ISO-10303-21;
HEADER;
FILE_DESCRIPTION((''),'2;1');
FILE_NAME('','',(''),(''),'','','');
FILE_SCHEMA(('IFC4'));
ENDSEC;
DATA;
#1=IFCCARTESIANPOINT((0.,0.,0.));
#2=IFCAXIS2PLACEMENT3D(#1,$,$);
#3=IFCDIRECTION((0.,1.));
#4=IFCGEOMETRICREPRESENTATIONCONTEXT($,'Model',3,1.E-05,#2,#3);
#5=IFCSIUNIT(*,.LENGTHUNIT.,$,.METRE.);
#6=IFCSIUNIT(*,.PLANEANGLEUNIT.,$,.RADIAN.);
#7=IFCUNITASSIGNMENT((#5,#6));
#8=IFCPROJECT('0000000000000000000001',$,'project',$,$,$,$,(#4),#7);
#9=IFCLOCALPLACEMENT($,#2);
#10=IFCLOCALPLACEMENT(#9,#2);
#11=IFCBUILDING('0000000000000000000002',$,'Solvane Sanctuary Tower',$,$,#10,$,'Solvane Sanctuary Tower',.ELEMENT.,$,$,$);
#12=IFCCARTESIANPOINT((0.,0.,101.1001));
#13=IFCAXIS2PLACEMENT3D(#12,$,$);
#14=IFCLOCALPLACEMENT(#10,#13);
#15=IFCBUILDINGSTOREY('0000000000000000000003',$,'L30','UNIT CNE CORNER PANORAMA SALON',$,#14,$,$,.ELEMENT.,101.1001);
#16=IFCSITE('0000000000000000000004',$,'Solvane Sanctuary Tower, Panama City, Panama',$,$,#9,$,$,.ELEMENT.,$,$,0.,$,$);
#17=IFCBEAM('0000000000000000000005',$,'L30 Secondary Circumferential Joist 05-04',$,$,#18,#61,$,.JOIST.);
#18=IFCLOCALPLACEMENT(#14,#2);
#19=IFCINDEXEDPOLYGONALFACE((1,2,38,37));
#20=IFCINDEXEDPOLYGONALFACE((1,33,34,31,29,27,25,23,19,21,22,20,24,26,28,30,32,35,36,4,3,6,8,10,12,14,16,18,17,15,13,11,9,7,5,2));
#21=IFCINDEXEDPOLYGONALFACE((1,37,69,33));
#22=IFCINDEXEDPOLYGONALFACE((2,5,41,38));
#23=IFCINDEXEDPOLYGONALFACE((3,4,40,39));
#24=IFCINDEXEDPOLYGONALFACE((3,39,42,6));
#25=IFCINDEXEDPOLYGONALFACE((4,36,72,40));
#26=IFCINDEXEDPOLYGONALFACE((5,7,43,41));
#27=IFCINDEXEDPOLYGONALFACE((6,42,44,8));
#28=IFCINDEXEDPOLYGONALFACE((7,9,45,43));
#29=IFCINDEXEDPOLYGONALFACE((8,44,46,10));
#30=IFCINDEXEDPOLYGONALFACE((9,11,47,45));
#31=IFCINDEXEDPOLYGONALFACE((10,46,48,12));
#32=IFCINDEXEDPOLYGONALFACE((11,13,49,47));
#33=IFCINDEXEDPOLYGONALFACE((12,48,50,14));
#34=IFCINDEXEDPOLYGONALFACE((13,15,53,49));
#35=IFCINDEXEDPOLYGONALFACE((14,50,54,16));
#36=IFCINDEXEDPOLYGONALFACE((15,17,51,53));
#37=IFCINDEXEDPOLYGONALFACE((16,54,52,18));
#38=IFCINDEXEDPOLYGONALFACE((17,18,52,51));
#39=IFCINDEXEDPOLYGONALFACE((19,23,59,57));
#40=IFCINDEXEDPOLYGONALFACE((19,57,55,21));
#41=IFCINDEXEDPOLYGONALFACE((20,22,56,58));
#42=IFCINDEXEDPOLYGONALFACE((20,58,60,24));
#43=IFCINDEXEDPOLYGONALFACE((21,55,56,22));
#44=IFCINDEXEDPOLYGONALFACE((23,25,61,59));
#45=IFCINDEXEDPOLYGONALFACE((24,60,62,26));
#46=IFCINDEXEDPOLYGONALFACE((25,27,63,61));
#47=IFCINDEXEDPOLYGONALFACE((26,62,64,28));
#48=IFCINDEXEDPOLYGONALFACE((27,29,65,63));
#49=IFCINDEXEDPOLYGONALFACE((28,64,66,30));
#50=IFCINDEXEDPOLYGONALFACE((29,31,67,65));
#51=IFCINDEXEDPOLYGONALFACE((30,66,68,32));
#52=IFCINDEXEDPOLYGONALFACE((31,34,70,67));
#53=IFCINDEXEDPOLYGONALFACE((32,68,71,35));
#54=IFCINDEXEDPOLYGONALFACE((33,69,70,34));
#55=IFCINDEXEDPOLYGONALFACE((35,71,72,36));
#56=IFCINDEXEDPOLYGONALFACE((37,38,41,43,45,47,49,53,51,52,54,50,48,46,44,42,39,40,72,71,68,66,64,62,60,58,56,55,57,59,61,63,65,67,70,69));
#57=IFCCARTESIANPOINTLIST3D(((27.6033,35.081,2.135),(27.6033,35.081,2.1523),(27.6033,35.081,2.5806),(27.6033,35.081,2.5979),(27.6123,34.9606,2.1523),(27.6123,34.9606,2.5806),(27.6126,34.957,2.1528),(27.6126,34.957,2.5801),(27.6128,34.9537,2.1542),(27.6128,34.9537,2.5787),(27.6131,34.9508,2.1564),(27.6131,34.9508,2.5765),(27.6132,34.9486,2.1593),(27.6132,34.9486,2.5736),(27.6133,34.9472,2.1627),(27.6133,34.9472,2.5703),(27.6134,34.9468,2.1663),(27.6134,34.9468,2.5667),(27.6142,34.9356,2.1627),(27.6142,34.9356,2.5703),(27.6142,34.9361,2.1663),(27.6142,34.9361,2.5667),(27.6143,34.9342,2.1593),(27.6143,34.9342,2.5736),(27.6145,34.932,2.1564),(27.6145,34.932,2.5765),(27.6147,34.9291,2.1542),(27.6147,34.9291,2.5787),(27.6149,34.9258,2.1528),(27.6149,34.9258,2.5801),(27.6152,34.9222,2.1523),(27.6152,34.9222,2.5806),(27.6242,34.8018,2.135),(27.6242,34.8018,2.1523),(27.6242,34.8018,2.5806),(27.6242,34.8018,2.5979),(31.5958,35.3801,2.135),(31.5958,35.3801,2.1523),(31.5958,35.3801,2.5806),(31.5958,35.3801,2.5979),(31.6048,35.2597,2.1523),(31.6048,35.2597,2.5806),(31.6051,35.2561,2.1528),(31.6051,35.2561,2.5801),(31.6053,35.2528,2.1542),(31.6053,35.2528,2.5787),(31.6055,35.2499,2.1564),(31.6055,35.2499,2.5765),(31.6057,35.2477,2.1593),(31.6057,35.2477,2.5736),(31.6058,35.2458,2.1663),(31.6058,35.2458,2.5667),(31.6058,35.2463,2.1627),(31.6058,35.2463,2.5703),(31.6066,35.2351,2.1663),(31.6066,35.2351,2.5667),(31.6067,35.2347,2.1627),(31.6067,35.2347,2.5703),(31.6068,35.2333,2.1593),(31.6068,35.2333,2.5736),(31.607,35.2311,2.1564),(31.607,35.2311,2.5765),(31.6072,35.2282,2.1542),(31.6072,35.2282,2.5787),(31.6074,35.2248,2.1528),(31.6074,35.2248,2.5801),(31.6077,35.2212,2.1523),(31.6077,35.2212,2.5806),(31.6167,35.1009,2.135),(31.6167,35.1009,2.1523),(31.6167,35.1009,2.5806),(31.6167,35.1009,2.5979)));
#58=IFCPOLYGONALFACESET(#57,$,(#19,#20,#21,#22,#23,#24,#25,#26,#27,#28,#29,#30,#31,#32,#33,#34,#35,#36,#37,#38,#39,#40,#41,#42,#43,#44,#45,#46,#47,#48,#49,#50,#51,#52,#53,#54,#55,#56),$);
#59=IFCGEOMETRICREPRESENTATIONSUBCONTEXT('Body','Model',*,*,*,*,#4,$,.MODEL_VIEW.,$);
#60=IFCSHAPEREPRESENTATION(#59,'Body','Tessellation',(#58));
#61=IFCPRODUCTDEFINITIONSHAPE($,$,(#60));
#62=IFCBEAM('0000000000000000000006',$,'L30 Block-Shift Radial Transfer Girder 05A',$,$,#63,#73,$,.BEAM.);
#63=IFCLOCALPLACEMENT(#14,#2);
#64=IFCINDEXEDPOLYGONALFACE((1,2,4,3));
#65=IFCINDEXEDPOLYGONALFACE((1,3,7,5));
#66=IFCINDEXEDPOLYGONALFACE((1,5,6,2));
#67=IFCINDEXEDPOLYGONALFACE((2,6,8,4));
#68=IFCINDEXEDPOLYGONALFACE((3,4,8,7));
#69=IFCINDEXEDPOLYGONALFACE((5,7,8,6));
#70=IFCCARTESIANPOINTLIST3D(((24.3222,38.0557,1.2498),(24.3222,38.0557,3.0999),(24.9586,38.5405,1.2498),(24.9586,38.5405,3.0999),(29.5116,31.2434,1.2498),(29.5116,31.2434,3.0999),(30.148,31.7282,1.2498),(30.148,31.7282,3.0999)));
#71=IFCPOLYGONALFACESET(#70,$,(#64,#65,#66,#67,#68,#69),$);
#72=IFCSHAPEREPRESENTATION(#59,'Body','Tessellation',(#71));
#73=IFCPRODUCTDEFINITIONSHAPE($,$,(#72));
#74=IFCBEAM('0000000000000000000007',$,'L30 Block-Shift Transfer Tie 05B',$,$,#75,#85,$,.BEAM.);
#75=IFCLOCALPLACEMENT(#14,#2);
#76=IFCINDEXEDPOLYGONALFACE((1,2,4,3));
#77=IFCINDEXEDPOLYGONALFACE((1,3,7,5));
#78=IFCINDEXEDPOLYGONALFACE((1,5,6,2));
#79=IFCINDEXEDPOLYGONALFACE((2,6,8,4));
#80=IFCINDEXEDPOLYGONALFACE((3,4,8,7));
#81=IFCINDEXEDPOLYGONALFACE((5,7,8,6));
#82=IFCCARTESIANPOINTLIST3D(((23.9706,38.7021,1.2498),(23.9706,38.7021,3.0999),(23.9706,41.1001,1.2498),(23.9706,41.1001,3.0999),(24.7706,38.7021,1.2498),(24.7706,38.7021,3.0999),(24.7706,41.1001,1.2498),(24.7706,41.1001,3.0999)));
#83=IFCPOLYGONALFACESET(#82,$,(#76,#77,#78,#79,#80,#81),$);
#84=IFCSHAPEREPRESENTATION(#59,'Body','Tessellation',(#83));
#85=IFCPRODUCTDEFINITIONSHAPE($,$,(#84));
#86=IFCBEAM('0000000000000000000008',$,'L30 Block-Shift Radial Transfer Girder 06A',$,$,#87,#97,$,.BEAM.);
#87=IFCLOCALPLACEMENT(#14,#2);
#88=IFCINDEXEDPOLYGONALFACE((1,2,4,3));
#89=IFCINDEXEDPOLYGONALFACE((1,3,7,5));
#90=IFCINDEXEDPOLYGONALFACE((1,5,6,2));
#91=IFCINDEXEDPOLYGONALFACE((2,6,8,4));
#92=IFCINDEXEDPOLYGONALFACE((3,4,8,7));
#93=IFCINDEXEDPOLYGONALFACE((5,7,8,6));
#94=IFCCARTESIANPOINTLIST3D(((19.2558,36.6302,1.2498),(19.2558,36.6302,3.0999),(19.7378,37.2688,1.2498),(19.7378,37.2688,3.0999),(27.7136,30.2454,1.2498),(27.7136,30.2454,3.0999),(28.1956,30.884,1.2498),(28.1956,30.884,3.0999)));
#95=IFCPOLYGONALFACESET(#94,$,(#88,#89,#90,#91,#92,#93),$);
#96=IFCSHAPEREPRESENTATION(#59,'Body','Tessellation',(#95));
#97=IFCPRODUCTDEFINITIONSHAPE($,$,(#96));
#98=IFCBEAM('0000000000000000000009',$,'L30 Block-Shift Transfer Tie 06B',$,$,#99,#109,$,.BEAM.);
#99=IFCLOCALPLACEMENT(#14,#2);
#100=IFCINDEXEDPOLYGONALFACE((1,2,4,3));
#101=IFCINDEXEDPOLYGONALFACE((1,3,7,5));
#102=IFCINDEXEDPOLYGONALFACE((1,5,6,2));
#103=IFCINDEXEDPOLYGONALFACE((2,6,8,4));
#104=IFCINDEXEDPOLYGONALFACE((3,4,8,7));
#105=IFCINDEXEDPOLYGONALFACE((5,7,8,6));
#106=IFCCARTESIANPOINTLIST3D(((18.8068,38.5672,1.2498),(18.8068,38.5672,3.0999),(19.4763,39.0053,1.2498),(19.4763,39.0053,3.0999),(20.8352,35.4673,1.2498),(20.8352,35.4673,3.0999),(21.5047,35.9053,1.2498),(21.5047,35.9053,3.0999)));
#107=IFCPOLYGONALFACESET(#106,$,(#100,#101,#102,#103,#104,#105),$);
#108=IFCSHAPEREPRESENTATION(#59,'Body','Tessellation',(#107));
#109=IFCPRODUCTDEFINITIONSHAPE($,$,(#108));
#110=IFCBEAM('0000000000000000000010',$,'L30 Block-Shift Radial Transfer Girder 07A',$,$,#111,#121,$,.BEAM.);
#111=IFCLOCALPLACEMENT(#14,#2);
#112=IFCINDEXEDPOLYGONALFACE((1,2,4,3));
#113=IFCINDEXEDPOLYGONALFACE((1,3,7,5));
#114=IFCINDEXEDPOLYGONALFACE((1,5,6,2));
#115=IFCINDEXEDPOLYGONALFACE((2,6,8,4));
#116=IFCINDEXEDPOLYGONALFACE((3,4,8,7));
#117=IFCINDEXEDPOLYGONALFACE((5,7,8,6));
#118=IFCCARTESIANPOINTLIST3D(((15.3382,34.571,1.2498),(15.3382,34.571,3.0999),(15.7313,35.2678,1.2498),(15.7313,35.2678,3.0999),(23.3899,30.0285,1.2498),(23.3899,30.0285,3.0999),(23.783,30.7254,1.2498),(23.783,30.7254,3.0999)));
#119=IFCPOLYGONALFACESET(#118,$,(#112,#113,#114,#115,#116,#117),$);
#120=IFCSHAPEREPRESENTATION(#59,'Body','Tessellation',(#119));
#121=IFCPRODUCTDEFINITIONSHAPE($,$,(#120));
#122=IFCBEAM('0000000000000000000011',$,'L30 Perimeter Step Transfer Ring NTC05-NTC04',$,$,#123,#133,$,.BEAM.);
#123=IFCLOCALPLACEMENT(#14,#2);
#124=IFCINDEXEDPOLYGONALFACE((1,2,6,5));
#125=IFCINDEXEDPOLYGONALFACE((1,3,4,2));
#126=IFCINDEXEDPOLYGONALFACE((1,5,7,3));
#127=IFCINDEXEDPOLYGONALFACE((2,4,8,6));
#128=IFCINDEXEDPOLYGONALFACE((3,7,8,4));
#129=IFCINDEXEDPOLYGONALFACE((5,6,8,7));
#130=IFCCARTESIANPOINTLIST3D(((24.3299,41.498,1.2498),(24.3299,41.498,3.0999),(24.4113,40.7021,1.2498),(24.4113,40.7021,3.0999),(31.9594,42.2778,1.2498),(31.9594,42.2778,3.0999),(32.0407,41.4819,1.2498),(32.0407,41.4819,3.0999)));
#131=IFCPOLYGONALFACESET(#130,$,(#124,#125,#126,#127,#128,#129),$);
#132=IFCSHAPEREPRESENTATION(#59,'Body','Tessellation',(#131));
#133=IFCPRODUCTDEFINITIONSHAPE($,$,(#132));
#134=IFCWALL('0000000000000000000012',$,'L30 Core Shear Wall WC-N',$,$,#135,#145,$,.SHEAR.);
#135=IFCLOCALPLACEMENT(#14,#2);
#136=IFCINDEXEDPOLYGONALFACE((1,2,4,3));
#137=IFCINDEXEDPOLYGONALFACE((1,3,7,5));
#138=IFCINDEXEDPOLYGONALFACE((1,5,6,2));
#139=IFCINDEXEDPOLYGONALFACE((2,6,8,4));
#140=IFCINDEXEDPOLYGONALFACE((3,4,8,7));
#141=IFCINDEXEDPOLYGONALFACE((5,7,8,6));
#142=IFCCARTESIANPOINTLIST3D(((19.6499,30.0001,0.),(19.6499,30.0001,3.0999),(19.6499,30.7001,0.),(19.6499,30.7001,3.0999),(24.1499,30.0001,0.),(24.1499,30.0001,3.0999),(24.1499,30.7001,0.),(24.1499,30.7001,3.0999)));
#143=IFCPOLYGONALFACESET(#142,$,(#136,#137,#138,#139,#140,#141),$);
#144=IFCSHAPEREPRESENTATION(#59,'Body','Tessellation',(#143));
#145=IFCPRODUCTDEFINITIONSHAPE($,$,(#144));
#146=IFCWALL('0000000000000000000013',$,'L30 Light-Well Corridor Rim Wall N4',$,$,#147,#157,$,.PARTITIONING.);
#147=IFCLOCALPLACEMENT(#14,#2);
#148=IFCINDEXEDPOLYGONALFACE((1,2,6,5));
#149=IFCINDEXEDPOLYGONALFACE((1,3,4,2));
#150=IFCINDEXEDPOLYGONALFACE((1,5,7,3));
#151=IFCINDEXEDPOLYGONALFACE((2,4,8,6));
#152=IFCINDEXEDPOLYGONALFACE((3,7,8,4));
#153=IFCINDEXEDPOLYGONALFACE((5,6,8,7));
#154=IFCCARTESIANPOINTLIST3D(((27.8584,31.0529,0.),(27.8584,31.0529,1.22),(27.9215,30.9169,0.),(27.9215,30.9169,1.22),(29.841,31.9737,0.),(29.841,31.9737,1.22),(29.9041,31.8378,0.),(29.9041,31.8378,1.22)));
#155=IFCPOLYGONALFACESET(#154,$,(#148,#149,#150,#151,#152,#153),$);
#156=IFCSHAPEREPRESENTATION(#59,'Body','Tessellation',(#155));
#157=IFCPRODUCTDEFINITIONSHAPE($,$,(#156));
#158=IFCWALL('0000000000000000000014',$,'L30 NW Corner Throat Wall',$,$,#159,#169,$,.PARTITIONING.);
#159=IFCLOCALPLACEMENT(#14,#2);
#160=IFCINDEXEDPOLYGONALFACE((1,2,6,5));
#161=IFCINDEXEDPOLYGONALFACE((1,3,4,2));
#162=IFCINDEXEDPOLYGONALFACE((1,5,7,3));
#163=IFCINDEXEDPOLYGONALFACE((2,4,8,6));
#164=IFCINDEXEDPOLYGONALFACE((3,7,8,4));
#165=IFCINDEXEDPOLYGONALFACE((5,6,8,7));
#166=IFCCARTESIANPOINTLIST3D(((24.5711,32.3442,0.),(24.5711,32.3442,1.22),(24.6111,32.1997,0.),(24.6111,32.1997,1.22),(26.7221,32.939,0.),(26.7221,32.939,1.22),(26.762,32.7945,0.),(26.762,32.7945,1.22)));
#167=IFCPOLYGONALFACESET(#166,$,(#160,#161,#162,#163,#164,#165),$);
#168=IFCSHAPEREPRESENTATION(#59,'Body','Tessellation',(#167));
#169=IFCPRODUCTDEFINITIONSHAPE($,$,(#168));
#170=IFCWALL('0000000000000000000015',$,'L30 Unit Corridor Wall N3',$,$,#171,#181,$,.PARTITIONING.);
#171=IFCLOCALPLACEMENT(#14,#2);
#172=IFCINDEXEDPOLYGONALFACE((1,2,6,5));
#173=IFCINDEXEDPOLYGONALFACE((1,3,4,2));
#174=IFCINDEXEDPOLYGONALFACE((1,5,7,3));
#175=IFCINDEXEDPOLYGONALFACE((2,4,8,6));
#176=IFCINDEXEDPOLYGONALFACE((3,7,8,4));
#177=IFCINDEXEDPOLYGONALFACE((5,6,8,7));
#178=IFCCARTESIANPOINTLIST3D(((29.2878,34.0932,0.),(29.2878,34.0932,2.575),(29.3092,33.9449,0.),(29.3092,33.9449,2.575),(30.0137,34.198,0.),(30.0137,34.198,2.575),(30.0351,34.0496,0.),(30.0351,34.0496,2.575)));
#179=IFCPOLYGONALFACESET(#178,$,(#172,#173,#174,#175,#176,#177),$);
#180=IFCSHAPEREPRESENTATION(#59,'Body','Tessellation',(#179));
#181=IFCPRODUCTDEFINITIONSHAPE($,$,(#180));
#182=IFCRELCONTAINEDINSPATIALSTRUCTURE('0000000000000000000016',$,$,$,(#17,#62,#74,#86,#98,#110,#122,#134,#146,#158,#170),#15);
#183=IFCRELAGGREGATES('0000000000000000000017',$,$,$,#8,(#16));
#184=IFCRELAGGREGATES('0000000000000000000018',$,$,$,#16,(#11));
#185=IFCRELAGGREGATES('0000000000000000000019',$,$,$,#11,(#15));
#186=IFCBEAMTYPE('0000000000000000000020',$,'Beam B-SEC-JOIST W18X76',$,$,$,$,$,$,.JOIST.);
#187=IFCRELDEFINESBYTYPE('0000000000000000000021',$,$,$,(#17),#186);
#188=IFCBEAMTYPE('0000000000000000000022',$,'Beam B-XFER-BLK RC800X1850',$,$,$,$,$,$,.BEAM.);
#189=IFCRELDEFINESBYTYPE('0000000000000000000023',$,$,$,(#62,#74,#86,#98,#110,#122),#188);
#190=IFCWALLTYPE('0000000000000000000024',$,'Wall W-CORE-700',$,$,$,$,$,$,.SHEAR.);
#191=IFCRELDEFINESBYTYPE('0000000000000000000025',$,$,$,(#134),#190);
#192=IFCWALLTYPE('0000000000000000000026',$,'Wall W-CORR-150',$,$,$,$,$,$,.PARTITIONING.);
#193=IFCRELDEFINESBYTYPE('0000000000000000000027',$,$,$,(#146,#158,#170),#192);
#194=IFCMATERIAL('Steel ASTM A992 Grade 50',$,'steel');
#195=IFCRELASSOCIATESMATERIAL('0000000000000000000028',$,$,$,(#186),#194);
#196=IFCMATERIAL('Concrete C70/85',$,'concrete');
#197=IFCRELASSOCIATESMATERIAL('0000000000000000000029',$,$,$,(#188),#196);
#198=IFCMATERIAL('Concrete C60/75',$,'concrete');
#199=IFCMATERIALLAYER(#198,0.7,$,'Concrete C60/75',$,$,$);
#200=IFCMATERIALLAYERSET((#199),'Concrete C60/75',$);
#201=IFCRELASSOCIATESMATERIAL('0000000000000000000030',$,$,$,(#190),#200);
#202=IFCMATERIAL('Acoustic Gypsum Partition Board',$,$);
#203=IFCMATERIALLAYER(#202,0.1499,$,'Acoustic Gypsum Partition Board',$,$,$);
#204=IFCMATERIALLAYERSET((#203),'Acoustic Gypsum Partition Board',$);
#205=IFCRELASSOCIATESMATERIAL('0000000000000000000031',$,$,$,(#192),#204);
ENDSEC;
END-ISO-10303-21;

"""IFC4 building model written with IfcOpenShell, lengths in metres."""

from ifc_helpers import new_model, si_unit, direction, frame, frame_2d, origin, origin_2d, place, context, subcontext, project, spatial, rectangle, i_section, extrude, material, layer, layer_set, material_profile, profile_set, type_object, element, save


model = new_model("IFC4")

# Units and contexts
model_context = context("Model", 3, precision=1e-05, world=origin(), true_north=direction((0.0, 1.0)))
body_context = subcontext(model_context, "Body", "Model", "MODEL_VIEW")
ifc_project = project(units=[si_unit("LENGTHUNIT", "METRE"), si_unit("PLANEANGLEUNIT", "RADIAN")], contexts=[model_context])

# Site, building, storey
site_placement = place(None, origin())
site = spatial("IfcSite", under=ifc_project, at=site_placement, Name="Solvane Sanctuary Tower, Panama City, Panama", CompositionType="ELEMENT", RefElevation=0.0)
building_placement = place(site_placement, origin())
building = spatial("IfcBuilding", under=site, at=building_placement, Name="Solvane Sanctuary Tower", LongName="Solvane Sanctuary Tower", CompositionType="ELEMENT")
storey_placement = place(building_placement, frame((0.0, 0.0, 101.1001)))
storey = spatial("IfcBuildingStorey", under=building, at=storey_placement, Name="L30", Description="UNIT CNE CORNER PANORAMA SALON", CompositionType="ELEMENT", Elevation=101.1001)

# Shared definitions
ifc_material_1 = material(Name="Concrete C70/85", Category="concrete")
ifc_material_2 = material(Name="Concrete C60/75", Category="concrete")

# Beams
ifc_material_3 = material(Name="Steel ASTM A992 Grade 50", Category="steel")
ifc_material_profile_1 = material_profile(ifc_material_3, i_section(OverallWidth=0.28, OverallDepth=0.4629, WebThickness=0.0107, FlangeThickness=0.0173, FilletRadius=0.0139, at=origin_2d()), Name="W18X76")
ifc_profile_set_1 = profile_set([ifc_material_profile_1], Name="Steel ASTM A992 Grade 50")
beam_type_1 = type_object("IfcBeamType", Name="Beam B-SEC-JOIST W18X76", PredefinedType="JOIST", material=ifc_profile_set_1)
beam_1_placement = place(storey_placement, frame((27.6138, 34.9414, 2.3665), z_axis=(0.997206, 0.074701, 0.0), x_axis=(-0.074701, 0.997206, 0.0)))
element("IfcBeam", 1, at=beam_1_placement, inside=storey, type_object=beam_type_1, Name="L30 Secondary Circumferential Joist 05-04", PredefinedType="JOIST", context=body_context, shape_type="SweptSolid", body=[
    extrude(i_section(OverallWidth=0.28, OverallDepth=0.4629, WebThickness=0.0107, FlangeThickness=0.0173, FilletRadius=0.0139, at=origin_2d()), origin(), (0.0, 0.0, 1.0), 4.0037),
])
ifc_material_profile_2 = material_profile(ifc_material_1, rectangle(XDim=0.8, YDim=1.8501, at=origin_2d()), Name="RC800X1850")
ifc_profile_set_2 = profile_set([ifc_material_profile_2], Name="Concrete C70/85")
beam_type_2 = type_object("IfcBeamType", Name="Beam B-XFER-BLK RC800X1850", PredefinedType="BEAM", material=ifc_profile_set_2)
beam_2_placement = place(storey_placement, frame((29.8298, 31.4858, 2.1748), z_axis=(-0.605981, 0.795479, 0.0), x_axis=(-0.795479, -0.605981, 0.0)))
element("IfcBeam", 2, at=beam_2_placement, inside=storey, type_object=beam_type_2, Name="L30 Block-Shift Radial Transfer Girder 05A", PredefinedType="BEAM", context=body_context, shape_type="SweptSolid", body=[
    extrude(rectangle(XDim=0.8, YDim=1.8501, at=origin_2d()), origin(), (0.0, 0.0, 1.0), 8.5637),
])
beam_3_placement = place(storey_placement, frame((24.3706, 38.7021, 2.1748), z_axis=(0.0, 1.0, 0.0), x_axis=(-1.0, 0.0, 0.0)))
element("IfcBeam", 3, at=beam_3_placement, inside=storey, type_object=beam_type_2, Name="L30 Block-Shift Transfer Tie 05B", PredefinedType="BEAM", context=body_context, shape_type="SweptSolid", body=[
    extrude(rectangle(XDim=0.8, YDim=1.8501, at=origin_2d()), origin(), (0.0, 0.0, 1.0), 2.3979),
])
beam_4_placement = place(storey_placement, frame((27.9546, 30.5647, 2.1748), z_axis=(-0.798119, 0.6025, 0.0), x_axis=(-0.6025, -0.798119, 0.0)))
element("IfcBeam", 4, at=beam_4_placement, inside=storey, type_object=beam_type_2, Name="L30 Block-Shift Radial Transfer Girder 06A", PredefinedType="BEAM", context=body_context, shape_type="SweptSolid", body=[
    extrude(rectangle(XDim=0.8, YDim=1.8501, at=origin_2d()), origin(), (0.0, 0.0, 1.0), 10.5972),
])
beam_5_placement = place(storey_placement, frame((21.1699, 35.6863, 2.1748), z_axis=(-0.547532, 0.836785, 0.0), x_axis=(-0.836785, -0.547532, 0.0)))
element("IfcBeam", 5, at=beam_5_placement, inside=storey, type_object=beam_type_2, Name="L30 Block-Shift Transfer Tie 06B", PredefinedType="BEAM", context=body_context, shape_type="SweptSolid", body=[
    extrude(rectangle(XDim=0.8, YDim=1.8501, at=origin_2d()), origin(), (0.0, 0.0, 1.0), 3.7046),
])
beam_6_placement = place(storey_placement, frame((23.5864, 30.377, 2.1748), z_axis=(-0.870957, 0.491359, 0.0), x_axis=(-0.491359, -0.870957, 0.0)))
element("IfcBeam", 6, at=beam_6_placement, inside=storey, type_object=beam_type_2, Name="L30 Block-Shift Radial Transfer Girder 07A", PredefinedType="BEAM", context=body_context, shape_type="SweptSolid", body=[
    extrude(rectangle(XDim=0.8, YDim=1.8501, at=origin_2d()), origin(), (0.0, 0.0, 1.0), 9.2446),
])
beam_7_placement = place(storey_placement, frame((24.3706, 41.1001, 2.1748), z_axis=(0.994817, 0.101678, 0.0), x_axis=(-0.101678, 0.994817, 0.0)))
element("IfcBeam", 7, at=beam_7_placement, inside=storey, type_object=beam_type_2, Name="L30 Perimeter Step Transfer Ring NTC05-NTC04", PredefinedType="BEAM", context=body_context, shape_type="SweptSolid", body=[
    extrude(rectangle(XDim=0.8, YDim=1.8501, at=origin_2d()), origin(), (0.0, 0.0, 1.0), 7.6692),
])

# Walls
ifc_layer_1 = layer(ifc_material_2, 0.7, Name="Concrete C60/75")
ifc_layer_set_1 = layer_set([ifc_layer_1], Name="Concrete C60/75")
wall_type_1 = type_object("IfcWallType", Name="Wall W-CORE-700", PredefinedType="SHEAR", material=ifc_layer_set_1)
wall_1_placement = place(storey_placement, frame((19.6499, 30.3501, 0.0), z_axis=(0.0, 0.0, 1.0), x_axis=(1.0, 0.0, 0.0)))
element("IfcWall", 8, at=wall_1_placement, inside=storey, type_object=wall_type_1, Name="L30 Core Shear Wall WC-N", PredefinedType="SHEAR", context=body_context, shape_type="SweptSolid", body=[
    extrude(rectangle(XDim=4.5, YDim=0.7, at=frame_2d((2.25, 0.0))), origin(), (0.0, 0.0, 1.0), 3.0999),
])
ifc_material_4 = material(Name="Acoustic Gypsum Partition Board")
ifc_layer_2 = layer(ifc_material_4, 0.1499, Name="Acoustic Gypsum Partition Board")
ifc_layer_set_2 = layer_set([ifc_layer_2], Name="Acoustic Gypsum Partition Board")
wall_type_2 = type_object("IfcWallType", Name="Wall W-CORR-150", PredefinedType="PARTITIONING", material=ifc_layer_set_2)
wall_2_placement = place(storey_placement, frame((29.8726, 31.9058, 0.0), z_axis=(0.0, 0.0, 1.0), x_axis=(-0.906943, -0.421252, 0.0)))
element("IfcWall", 9, at=wall_2_placement, inside=storey, type_object=wall_type_2, Name="L30 Light-Well Corridor Rim Wall N4", PredefinedType="PARTITIONING", context=body_context, shape_type="SweptSolid", body=[
    extrude(rectangle(XDim=2.186, YDim=0.1499, at=frame_2d((1.093, 0.0))), origin(), (0.0, 0.0, 1.0), 1.22),
])
wall_3_placement = place(storey_placement, frame((26.7419, 32.8667, 0.0), z_axis=(0.0, 0.0, 1.0), x_axis=(-0.963834, -0.266504, 0.0)))
element("IfcWall", 10, at=wall_3_placement, inside=storey, type_object=wall_type_2, Name="L30 NW Corner Throat Wall", PredefinedType="PARTITIONING", context=body_context, shape_type="SweptSolid", body=[
    extrude(rectangle(XDim=2.2317, YDim=0.1499, at=frame_2d((1.1157, 0.0))), origin(), (0.0, 0.0, 1.0), 1.22),
])
wall_4_placement = place(storey_placement, frame((30.0244, 34.1238, 0.0), z_axis=(0.0, 0.0, 1.0), x_axis=(-0.989749, -0.142819, 0.0)))
element("IfcWall", 11, at=wall_4_placement, inside=storey, type_object=wall_type_2, Name="L30 Unit Corridor Wall N3", PredefinedType="PARTITIONING", context=body_context, shape_type="SweptSolid", body=[
    extrude(rectangle(XDim=0.7334, YDim=0.1499, at=frame_2d((0.3667, 0.0))), origin(), (0.0, 0.0, 1.0), 2.575),
])

save(model, "model.ifc")
